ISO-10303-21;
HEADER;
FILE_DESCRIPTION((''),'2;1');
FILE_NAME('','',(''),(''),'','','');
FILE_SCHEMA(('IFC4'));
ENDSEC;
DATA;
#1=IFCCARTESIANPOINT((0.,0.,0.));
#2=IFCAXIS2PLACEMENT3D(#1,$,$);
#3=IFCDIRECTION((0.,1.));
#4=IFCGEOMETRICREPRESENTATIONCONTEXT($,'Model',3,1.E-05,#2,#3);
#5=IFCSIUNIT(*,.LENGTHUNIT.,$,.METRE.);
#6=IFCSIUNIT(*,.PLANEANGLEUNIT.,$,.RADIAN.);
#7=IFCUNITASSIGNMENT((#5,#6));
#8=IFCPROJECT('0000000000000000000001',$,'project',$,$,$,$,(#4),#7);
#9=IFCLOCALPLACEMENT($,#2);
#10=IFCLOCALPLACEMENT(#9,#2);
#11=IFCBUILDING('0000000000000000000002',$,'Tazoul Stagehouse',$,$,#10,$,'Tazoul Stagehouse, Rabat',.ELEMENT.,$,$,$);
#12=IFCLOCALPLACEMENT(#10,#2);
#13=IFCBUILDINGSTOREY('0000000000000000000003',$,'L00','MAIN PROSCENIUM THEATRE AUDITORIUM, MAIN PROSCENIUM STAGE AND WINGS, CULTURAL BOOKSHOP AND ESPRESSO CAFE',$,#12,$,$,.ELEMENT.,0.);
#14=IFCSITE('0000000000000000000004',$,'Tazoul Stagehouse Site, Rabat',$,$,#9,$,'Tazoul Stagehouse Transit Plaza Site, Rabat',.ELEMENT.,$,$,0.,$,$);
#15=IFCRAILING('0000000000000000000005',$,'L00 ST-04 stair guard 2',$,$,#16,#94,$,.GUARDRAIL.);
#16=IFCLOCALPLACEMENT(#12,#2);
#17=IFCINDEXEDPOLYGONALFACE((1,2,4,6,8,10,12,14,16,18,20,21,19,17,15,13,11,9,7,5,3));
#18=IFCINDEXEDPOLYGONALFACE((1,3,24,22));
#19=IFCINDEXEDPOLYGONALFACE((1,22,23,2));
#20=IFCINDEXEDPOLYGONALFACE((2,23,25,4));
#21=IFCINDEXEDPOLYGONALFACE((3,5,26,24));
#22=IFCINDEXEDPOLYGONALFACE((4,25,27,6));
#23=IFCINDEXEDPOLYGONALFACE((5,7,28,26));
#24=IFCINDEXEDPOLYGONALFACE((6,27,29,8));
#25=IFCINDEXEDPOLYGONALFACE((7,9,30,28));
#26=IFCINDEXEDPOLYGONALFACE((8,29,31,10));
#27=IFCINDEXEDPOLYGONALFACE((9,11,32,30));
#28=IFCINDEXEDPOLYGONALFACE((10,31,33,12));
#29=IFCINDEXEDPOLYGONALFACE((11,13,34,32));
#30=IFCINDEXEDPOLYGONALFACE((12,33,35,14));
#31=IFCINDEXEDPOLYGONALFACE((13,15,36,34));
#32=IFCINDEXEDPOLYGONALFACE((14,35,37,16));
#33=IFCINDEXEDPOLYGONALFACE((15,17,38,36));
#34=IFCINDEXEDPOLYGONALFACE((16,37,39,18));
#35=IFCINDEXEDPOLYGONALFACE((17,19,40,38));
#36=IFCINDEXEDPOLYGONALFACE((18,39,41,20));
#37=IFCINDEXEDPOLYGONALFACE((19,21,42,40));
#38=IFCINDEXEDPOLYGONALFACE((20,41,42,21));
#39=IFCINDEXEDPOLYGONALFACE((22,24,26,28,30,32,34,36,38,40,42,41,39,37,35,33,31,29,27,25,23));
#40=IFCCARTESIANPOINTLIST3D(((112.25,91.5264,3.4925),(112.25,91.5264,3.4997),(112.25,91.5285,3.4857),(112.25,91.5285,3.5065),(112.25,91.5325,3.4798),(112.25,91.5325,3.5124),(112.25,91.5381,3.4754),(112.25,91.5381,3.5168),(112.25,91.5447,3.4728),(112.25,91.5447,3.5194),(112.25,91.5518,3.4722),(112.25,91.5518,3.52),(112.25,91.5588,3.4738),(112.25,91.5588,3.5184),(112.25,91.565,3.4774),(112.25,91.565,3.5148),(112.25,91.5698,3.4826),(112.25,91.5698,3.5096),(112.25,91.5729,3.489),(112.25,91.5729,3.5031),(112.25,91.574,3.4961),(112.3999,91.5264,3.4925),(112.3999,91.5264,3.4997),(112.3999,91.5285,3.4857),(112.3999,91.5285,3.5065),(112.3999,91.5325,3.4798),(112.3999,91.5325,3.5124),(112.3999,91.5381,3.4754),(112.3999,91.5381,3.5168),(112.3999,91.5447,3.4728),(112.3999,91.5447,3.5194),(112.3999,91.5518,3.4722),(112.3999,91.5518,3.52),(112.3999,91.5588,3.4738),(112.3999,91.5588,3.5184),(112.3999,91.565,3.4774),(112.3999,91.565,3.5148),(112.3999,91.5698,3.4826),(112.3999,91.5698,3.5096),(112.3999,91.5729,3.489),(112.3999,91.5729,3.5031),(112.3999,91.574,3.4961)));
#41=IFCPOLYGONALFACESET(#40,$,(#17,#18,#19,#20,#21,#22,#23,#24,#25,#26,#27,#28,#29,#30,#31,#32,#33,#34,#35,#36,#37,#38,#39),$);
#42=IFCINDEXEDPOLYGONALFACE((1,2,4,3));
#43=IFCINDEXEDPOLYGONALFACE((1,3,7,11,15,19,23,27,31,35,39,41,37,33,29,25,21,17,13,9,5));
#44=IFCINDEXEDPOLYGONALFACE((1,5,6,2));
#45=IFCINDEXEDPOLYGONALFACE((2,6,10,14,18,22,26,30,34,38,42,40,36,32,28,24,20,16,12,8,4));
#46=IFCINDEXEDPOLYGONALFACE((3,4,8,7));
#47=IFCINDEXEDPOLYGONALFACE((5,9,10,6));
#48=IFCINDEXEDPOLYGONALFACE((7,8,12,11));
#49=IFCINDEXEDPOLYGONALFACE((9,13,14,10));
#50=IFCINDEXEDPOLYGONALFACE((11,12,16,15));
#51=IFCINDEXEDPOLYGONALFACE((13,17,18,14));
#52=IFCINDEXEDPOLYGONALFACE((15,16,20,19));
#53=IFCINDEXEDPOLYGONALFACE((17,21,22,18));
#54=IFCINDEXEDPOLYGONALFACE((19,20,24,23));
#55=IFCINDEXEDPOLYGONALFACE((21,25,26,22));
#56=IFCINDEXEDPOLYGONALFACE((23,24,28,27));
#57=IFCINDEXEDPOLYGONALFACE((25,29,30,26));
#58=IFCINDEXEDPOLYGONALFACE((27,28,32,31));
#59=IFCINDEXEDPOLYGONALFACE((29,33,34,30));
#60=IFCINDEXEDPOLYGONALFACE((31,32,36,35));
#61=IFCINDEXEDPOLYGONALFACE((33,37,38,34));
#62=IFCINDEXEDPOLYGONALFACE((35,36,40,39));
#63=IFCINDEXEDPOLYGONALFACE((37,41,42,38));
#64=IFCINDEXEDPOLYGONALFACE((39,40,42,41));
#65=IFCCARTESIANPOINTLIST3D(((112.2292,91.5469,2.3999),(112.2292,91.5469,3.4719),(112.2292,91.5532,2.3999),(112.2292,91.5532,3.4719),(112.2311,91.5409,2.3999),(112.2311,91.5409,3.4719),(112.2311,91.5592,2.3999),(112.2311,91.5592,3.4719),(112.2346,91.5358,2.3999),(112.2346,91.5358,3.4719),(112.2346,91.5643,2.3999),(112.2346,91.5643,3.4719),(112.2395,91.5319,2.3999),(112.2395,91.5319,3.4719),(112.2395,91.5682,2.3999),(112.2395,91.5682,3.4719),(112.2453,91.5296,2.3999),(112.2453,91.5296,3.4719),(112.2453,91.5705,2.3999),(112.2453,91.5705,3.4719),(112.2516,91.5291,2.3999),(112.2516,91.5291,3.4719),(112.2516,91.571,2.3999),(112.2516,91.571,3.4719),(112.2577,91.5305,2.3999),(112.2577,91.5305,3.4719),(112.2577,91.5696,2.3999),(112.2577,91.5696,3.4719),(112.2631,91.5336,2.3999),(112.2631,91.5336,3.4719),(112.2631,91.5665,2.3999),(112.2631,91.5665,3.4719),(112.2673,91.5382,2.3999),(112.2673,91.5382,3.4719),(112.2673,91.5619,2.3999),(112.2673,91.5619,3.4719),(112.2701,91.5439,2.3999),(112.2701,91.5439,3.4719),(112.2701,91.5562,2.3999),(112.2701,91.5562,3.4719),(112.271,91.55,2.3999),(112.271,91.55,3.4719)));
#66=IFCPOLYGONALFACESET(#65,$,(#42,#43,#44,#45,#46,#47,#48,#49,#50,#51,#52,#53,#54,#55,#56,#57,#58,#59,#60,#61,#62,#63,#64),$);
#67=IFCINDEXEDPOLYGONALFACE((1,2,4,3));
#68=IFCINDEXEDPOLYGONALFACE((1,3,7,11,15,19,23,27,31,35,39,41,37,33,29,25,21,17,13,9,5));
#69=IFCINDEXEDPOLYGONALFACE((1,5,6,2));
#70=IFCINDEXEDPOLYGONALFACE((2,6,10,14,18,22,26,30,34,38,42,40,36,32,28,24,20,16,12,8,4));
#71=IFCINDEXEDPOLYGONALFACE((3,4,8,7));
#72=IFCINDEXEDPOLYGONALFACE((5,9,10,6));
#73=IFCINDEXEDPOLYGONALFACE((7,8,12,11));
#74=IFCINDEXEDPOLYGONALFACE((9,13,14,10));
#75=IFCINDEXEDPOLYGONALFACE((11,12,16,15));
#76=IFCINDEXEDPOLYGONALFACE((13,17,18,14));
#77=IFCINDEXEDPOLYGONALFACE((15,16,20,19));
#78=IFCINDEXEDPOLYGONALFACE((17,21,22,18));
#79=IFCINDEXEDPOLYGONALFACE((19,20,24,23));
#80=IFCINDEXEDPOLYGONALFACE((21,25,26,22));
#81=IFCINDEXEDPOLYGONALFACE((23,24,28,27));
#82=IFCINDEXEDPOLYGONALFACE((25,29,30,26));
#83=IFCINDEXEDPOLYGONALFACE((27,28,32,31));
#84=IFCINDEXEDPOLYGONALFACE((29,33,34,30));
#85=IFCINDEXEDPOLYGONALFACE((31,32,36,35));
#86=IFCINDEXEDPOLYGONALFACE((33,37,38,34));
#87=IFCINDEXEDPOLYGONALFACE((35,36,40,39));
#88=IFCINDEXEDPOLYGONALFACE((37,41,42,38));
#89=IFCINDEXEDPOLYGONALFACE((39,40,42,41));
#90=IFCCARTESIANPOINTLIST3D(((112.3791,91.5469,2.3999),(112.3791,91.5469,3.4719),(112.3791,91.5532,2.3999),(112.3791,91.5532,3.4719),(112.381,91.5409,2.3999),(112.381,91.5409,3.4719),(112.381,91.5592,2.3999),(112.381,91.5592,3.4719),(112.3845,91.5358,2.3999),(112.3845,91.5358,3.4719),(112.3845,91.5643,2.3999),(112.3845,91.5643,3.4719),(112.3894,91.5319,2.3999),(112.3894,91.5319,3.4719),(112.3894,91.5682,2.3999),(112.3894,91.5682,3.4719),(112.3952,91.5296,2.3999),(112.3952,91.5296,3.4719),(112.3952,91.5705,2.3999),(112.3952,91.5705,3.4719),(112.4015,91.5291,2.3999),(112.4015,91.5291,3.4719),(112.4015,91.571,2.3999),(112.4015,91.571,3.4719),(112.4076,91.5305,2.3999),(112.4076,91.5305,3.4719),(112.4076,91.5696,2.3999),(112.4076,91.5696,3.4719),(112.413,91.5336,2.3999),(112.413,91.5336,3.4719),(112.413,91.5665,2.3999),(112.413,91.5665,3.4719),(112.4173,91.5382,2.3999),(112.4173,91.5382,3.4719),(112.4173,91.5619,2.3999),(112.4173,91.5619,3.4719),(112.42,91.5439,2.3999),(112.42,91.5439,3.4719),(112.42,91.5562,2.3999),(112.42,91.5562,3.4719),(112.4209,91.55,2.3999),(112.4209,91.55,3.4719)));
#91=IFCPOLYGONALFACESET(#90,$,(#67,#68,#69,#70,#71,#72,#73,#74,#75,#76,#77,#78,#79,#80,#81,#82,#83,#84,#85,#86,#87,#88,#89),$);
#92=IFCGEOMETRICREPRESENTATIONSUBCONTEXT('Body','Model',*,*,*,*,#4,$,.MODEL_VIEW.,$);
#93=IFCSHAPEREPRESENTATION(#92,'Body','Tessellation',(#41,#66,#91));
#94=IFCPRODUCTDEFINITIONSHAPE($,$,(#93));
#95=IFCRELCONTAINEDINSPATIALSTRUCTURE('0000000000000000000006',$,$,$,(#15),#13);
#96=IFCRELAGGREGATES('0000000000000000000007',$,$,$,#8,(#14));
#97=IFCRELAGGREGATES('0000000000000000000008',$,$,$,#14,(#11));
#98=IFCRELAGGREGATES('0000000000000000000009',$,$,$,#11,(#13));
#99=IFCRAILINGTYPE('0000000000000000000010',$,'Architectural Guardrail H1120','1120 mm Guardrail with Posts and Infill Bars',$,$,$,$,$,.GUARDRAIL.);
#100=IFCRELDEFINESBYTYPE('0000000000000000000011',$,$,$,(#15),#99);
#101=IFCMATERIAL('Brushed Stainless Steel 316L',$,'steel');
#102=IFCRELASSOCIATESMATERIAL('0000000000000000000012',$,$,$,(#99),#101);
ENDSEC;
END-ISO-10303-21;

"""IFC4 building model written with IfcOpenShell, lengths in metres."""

from ifc_helpers import new_model, si_unit, direction, frame, origin, origin_2d, place, context, subcontext, project, spatial, circle, extrude, material, material_profile, profile_set, type_object, element, save


model = new_model("IFC4")

# Units and contexts
model_context = context("Model", 3, precision=1e-05, world=origin(), true_north=direction((0.0, 1.0)))
body_context = subcontext(model_context, "Body", "Model", "MODEL_VIEW")
ifc_project = project(units=[si_unit("LENGTHUNIT", "METRE"), si_unit("PLANEANGLEUNIT", "RADIAN")], contexts=[model_context])

# Site, building, storey
site_placement = place(None, origin())
site = spatial("IfcSite", under=ifc_project, at=site_placement, Name="Tazoul Stagehouse Site, Rabat", LongName="Tazoul Stagehouse Transit Plaza Site, Rabat", CompositionType="ELEMENT", RefElevation=0.0)
building_placement = place(site_placement, origin())
building = spatial("IfcBuilding", under=site, at=building_placement, Name="Tazoul Stagehouse", LongName="Tazoul Stagehouse, Rabat", CompositionType="ELEMENT")
storey_placement = place(building_placement, origin())
storey = spatial("IfcBuildingStorey", under=building, at=storey_placement, Name="L00", Description="MAIN PROSCENIUM THEATRE AUDITORIUM, MAIN PROSCENIUM STAGE AND WINGS, CULTURAL BOOKSHOP AND ESPRESSO CAFE", CompositionType="ELEMENT", Elevation=0.0)

# Railing
ifc_material_1 = material(Name="Brushed Stainless Steel 316L", Category="steel")
ifc_material_profile_1 = material_profile(ifc_material_1, circle(Radius=0.0239, at=origin_2d()), Name="SS RAIL D48")
ifc_profile_set_1 = profile_set([ifc_material_profile_1], Name="Brushed Stainless Steel 316L")
railing_type_1 = type_object("IfcRailingType", Name="Architectural Guardrail H1120", Description="1120 mm Guardrail with Posts and Infill Bars", PredefinedType="GUARDRAIL", material=ifc_profile_set_1)
railing_1_placement = place(storey_placement, frame((112.25, 91.55, 2.3999)))
element("IfcRailing", 1, at=railing_1_placement, inside=storey, type_object=railing_type_1, Name="L00 ST-04 stair guard 2", PredefinedType="GUARDRAIL", context=body_context, shape_type="SweptSolid", body=[
    extrude(circle(Radius=0.0239, at=origin_2d()), frame((0.0, 0.0, 1.0962), z_axis=(1.0, 0.0, 0.0), x_axis=(0.0, 1.0, 0.0)), (0.0, 0.0, 1.0), 0.1499),
    extrude(circle(Radius=0.021, at=origin_2d()), origin(), (0.0, 0.0, 1.0), 1.072),
    extrude(circle(Radius=0.021, at=origin_2d()), frame((0.1499, 0.0, 0.0)), (0.0, 0.0, 1.0), 1.072),
])

save(model, "model.ifc")
